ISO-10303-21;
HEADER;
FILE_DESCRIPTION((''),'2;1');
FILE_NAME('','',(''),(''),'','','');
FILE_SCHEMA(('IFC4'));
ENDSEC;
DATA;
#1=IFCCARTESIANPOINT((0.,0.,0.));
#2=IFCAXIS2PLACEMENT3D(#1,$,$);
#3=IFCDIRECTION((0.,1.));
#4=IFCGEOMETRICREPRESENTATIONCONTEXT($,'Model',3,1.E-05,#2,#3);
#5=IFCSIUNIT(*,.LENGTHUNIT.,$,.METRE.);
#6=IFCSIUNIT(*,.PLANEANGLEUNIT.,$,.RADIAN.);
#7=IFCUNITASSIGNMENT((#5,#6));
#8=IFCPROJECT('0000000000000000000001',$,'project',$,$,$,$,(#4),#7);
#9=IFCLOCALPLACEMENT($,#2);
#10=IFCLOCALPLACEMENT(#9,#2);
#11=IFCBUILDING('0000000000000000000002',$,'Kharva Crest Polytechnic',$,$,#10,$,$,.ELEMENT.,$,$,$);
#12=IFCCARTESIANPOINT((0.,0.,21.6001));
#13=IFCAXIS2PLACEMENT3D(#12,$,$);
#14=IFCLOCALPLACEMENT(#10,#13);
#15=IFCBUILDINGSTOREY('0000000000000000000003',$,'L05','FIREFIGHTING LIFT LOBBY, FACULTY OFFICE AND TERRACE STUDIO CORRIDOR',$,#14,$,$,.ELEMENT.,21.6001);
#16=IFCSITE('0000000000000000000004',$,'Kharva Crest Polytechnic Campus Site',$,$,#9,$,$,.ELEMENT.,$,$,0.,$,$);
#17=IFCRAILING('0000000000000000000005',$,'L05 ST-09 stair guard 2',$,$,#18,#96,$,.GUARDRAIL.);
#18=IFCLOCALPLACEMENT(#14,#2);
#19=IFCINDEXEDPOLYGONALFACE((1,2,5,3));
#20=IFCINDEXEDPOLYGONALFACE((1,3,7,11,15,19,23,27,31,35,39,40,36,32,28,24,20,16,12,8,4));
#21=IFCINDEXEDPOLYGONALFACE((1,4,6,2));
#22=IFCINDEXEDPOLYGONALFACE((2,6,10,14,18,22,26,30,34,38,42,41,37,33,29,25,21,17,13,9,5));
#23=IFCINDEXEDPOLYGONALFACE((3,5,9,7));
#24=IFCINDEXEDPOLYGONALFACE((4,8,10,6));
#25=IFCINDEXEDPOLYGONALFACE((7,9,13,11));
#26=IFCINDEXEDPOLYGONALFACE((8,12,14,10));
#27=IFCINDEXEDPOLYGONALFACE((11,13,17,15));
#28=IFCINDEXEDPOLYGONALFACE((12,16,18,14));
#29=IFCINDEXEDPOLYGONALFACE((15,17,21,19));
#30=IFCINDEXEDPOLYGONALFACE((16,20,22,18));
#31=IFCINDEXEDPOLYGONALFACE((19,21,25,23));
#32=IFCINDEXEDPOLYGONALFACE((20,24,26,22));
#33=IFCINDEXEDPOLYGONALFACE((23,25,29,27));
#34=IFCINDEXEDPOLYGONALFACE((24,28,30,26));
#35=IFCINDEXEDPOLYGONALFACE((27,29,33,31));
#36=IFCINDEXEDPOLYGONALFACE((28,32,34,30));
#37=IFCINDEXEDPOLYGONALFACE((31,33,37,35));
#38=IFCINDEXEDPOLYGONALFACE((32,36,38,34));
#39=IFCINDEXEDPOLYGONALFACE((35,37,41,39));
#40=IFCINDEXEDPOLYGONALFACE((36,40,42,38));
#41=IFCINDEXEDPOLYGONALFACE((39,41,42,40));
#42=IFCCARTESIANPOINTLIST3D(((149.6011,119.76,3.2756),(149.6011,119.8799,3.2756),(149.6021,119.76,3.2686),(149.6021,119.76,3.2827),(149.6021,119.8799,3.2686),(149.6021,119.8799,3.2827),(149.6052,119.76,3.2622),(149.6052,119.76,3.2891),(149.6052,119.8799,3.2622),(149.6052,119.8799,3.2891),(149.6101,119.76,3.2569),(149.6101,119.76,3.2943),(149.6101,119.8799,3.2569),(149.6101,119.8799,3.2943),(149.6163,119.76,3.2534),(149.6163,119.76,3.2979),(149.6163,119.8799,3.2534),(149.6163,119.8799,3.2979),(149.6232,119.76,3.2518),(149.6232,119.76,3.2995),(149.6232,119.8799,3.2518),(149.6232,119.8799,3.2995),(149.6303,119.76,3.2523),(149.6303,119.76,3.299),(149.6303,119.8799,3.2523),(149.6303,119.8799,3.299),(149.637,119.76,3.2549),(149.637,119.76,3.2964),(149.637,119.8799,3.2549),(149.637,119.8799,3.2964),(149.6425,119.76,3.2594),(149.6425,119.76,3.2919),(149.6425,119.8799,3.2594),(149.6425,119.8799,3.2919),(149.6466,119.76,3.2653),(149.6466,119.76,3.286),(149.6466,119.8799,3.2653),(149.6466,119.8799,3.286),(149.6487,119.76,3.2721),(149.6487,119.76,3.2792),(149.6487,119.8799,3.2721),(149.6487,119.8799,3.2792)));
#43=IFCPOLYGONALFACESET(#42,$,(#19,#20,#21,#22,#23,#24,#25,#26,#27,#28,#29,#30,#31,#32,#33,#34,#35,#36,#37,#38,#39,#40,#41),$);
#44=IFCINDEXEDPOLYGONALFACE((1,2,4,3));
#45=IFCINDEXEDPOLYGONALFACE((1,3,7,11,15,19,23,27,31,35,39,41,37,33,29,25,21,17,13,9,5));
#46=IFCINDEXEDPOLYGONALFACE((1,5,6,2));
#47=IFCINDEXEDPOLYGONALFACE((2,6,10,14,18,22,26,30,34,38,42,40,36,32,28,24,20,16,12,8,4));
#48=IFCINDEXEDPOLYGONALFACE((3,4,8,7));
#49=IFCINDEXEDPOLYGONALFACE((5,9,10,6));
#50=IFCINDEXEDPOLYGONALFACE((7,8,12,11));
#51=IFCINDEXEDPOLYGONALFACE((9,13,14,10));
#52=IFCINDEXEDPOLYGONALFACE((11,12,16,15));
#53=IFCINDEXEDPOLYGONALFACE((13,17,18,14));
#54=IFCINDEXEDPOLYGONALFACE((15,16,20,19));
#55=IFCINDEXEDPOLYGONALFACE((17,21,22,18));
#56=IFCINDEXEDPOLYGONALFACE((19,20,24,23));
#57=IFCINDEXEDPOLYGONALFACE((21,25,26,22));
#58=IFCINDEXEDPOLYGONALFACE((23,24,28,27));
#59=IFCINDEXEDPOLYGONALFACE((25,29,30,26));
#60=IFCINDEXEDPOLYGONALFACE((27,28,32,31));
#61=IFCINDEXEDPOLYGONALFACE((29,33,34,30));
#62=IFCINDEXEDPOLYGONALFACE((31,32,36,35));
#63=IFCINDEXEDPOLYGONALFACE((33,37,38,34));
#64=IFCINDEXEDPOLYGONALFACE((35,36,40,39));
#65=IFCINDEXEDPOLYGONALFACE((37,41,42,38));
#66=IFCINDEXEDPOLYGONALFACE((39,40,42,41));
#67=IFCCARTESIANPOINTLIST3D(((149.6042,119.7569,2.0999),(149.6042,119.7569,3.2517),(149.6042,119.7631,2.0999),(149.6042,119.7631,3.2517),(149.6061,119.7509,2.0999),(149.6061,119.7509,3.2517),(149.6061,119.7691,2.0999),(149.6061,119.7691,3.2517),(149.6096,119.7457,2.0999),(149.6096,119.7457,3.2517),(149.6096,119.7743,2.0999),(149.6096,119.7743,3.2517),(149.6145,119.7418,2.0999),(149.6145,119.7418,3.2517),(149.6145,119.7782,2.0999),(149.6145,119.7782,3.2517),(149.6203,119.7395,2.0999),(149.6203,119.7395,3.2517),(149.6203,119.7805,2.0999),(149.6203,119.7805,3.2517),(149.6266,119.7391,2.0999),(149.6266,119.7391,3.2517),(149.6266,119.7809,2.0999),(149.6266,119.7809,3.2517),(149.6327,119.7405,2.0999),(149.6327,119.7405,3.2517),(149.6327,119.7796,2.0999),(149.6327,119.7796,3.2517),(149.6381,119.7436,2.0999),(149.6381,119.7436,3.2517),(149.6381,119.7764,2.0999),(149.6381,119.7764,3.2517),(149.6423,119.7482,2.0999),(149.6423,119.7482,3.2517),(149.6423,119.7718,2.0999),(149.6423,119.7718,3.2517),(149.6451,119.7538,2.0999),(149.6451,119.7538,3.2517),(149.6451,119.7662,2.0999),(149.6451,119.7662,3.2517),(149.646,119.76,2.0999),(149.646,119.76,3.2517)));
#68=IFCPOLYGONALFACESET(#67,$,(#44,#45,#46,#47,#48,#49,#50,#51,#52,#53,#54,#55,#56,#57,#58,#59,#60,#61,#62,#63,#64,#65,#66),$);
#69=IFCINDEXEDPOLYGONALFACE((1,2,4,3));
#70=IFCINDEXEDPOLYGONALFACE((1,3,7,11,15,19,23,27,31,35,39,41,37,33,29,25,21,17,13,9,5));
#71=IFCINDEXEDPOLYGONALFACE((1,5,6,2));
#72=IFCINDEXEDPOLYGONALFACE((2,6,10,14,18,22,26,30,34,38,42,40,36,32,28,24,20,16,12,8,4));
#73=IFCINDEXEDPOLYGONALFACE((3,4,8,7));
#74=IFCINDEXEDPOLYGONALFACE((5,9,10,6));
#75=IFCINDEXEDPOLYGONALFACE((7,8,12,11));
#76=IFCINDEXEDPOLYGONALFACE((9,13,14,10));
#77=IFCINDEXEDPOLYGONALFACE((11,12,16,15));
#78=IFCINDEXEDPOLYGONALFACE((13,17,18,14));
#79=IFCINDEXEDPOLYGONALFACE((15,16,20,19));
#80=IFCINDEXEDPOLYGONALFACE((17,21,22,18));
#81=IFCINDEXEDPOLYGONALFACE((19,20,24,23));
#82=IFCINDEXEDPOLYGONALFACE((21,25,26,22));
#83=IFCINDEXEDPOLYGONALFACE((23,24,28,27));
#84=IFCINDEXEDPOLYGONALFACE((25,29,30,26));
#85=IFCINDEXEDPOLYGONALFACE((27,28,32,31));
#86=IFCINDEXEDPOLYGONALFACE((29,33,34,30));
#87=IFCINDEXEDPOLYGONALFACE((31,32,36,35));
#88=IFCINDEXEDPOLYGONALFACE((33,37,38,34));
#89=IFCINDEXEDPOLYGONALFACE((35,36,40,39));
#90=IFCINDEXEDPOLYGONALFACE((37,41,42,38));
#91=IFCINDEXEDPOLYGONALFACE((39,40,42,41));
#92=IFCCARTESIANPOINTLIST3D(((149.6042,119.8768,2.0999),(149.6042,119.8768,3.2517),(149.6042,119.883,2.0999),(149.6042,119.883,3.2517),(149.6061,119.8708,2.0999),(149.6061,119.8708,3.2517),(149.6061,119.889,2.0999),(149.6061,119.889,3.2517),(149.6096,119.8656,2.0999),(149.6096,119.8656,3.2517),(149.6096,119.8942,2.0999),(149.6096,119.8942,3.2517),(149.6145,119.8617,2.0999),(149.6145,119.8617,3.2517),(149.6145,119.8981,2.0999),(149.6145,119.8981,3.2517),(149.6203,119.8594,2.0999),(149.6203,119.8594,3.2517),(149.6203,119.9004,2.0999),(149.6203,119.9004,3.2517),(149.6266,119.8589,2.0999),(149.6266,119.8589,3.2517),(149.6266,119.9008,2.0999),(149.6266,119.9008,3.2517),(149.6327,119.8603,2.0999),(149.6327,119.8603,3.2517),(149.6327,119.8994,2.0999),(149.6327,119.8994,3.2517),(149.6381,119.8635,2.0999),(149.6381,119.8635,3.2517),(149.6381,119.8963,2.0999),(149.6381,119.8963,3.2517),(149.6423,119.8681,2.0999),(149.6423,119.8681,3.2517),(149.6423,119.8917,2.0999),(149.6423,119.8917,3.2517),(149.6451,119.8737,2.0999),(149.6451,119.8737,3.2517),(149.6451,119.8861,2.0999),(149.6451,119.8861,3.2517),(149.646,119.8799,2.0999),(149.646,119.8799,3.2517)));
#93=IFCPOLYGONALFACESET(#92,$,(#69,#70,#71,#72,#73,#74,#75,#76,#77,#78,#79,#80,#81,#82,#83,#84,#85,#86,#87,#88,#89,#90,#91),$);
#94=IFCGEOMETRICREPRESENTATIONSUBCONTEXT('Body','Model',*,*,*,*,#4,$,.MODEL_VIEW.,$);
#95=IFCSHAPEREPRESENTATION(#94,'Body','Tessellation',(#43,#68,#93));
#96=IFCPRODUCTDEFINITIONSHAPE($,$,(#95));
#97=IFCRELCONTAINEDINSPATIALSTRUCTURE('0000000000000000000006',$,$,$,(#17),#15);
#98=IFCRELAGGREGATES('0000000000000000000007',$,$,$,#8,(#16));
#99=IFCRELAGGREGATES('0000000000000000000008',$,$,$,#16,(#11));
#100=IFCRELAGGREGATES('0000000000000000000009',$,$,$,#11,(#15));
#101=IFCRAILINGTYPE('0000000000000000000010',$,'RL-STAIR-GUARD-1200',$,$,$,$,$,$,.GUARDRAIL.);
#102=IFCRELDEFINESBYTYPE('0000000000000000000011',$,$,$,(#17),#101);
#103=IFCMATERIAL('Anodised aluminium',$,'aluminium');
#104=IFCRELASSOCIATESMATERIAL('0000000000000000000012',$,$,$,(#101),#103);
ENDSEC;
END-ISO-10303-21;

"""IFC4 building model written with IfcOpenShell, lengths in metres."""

from ifc_helpers import new_model, si_unit, direction, frame, origin, origin_2d, place, context, subcontext, project, spatial, circle, extrude, material, type_object, element, save


model = new_model("IFC4")

# Units and contexts
model_context = context("Model", 3, precision=1e-05, world=origin(), true_north=direction((0.0, 1.0)))
body_context = subcontext(model_context, "Body", "Model", "MODEL_VIEW")
ifc_project = project(units=[si_unit("LENGTHUNIT", "METRE"), si_unit("PLANEANGLEUNIT", "RADIAN")], contexts=[model_context])

# Site, building, storey
site_placement = place(None, origin())
site = spatial("IfcSite", under=ifc_project, at=site_placement, Name="Kharva Crest Polytechnic Campus Site", CompositionType="ELEMENT", RefElevation=0.0)
building_placement = place(site_placement, origin())
building = spatial("IfcBuilding", under=site, at=building_placement, Name="Kharva Crest Polytechnic", CompositionType="ELEMENT")
storey_placement = place(building_placement, frame((0.0, 0.0, 21.6001)))
storey = spatial("IfcBuildingStorey", under=building, at=storey_placement, Name="L05", Description="FIREFIGHTING LIFT LOBBY, FACULTY OFFICE AND TERRACE STUDIO CORRIDOR", CompositionType="ELEMENT", Elevation=21.6001)

# Shared definitions
ifc_material_1 = material(Name="Anodised aluminium", Category="aluminium")

# Railing
railing_type_1 = type_object("IfcRailingType", Name="RL-STAIR-GUARD-1200", PredefinedType="GUARDRAIL", material=ifc_material_1)
railing_1_placement = place(storey_placement, frame((149.625, 119.76, 2.0999)))
element("IfcRailing", 1, at=railing_1_placement, inside=storey, type_object=railing_type_1, Name="L05 ST-09 stair guard 2", PredefinedType="GUARDRAIL", context=body_context, shape_type="SweptSolid", body=[
    extrude(circle(Radius=0.0239, at=origin_2d()), frame((0.0, 0.0, 1.1758), z_axis=(0.0, 1.0, 0.0), x_axis=(-1.0, 0.0, 0.0)), (0.0, 0.0, 1.0), 0.1199),
    extrude(circle(Radius=0.021, at=origin_2d()), origin(), (0.0, 0.0, 1.0), 1.1519),
    extrude(circle(Radius=0.021, at=origin_2d()), frame((0.0, 0.1199, 0.0)), (0.0, 0.0, 1.0), 1.1519),
])

save(model, "model.ifc")
